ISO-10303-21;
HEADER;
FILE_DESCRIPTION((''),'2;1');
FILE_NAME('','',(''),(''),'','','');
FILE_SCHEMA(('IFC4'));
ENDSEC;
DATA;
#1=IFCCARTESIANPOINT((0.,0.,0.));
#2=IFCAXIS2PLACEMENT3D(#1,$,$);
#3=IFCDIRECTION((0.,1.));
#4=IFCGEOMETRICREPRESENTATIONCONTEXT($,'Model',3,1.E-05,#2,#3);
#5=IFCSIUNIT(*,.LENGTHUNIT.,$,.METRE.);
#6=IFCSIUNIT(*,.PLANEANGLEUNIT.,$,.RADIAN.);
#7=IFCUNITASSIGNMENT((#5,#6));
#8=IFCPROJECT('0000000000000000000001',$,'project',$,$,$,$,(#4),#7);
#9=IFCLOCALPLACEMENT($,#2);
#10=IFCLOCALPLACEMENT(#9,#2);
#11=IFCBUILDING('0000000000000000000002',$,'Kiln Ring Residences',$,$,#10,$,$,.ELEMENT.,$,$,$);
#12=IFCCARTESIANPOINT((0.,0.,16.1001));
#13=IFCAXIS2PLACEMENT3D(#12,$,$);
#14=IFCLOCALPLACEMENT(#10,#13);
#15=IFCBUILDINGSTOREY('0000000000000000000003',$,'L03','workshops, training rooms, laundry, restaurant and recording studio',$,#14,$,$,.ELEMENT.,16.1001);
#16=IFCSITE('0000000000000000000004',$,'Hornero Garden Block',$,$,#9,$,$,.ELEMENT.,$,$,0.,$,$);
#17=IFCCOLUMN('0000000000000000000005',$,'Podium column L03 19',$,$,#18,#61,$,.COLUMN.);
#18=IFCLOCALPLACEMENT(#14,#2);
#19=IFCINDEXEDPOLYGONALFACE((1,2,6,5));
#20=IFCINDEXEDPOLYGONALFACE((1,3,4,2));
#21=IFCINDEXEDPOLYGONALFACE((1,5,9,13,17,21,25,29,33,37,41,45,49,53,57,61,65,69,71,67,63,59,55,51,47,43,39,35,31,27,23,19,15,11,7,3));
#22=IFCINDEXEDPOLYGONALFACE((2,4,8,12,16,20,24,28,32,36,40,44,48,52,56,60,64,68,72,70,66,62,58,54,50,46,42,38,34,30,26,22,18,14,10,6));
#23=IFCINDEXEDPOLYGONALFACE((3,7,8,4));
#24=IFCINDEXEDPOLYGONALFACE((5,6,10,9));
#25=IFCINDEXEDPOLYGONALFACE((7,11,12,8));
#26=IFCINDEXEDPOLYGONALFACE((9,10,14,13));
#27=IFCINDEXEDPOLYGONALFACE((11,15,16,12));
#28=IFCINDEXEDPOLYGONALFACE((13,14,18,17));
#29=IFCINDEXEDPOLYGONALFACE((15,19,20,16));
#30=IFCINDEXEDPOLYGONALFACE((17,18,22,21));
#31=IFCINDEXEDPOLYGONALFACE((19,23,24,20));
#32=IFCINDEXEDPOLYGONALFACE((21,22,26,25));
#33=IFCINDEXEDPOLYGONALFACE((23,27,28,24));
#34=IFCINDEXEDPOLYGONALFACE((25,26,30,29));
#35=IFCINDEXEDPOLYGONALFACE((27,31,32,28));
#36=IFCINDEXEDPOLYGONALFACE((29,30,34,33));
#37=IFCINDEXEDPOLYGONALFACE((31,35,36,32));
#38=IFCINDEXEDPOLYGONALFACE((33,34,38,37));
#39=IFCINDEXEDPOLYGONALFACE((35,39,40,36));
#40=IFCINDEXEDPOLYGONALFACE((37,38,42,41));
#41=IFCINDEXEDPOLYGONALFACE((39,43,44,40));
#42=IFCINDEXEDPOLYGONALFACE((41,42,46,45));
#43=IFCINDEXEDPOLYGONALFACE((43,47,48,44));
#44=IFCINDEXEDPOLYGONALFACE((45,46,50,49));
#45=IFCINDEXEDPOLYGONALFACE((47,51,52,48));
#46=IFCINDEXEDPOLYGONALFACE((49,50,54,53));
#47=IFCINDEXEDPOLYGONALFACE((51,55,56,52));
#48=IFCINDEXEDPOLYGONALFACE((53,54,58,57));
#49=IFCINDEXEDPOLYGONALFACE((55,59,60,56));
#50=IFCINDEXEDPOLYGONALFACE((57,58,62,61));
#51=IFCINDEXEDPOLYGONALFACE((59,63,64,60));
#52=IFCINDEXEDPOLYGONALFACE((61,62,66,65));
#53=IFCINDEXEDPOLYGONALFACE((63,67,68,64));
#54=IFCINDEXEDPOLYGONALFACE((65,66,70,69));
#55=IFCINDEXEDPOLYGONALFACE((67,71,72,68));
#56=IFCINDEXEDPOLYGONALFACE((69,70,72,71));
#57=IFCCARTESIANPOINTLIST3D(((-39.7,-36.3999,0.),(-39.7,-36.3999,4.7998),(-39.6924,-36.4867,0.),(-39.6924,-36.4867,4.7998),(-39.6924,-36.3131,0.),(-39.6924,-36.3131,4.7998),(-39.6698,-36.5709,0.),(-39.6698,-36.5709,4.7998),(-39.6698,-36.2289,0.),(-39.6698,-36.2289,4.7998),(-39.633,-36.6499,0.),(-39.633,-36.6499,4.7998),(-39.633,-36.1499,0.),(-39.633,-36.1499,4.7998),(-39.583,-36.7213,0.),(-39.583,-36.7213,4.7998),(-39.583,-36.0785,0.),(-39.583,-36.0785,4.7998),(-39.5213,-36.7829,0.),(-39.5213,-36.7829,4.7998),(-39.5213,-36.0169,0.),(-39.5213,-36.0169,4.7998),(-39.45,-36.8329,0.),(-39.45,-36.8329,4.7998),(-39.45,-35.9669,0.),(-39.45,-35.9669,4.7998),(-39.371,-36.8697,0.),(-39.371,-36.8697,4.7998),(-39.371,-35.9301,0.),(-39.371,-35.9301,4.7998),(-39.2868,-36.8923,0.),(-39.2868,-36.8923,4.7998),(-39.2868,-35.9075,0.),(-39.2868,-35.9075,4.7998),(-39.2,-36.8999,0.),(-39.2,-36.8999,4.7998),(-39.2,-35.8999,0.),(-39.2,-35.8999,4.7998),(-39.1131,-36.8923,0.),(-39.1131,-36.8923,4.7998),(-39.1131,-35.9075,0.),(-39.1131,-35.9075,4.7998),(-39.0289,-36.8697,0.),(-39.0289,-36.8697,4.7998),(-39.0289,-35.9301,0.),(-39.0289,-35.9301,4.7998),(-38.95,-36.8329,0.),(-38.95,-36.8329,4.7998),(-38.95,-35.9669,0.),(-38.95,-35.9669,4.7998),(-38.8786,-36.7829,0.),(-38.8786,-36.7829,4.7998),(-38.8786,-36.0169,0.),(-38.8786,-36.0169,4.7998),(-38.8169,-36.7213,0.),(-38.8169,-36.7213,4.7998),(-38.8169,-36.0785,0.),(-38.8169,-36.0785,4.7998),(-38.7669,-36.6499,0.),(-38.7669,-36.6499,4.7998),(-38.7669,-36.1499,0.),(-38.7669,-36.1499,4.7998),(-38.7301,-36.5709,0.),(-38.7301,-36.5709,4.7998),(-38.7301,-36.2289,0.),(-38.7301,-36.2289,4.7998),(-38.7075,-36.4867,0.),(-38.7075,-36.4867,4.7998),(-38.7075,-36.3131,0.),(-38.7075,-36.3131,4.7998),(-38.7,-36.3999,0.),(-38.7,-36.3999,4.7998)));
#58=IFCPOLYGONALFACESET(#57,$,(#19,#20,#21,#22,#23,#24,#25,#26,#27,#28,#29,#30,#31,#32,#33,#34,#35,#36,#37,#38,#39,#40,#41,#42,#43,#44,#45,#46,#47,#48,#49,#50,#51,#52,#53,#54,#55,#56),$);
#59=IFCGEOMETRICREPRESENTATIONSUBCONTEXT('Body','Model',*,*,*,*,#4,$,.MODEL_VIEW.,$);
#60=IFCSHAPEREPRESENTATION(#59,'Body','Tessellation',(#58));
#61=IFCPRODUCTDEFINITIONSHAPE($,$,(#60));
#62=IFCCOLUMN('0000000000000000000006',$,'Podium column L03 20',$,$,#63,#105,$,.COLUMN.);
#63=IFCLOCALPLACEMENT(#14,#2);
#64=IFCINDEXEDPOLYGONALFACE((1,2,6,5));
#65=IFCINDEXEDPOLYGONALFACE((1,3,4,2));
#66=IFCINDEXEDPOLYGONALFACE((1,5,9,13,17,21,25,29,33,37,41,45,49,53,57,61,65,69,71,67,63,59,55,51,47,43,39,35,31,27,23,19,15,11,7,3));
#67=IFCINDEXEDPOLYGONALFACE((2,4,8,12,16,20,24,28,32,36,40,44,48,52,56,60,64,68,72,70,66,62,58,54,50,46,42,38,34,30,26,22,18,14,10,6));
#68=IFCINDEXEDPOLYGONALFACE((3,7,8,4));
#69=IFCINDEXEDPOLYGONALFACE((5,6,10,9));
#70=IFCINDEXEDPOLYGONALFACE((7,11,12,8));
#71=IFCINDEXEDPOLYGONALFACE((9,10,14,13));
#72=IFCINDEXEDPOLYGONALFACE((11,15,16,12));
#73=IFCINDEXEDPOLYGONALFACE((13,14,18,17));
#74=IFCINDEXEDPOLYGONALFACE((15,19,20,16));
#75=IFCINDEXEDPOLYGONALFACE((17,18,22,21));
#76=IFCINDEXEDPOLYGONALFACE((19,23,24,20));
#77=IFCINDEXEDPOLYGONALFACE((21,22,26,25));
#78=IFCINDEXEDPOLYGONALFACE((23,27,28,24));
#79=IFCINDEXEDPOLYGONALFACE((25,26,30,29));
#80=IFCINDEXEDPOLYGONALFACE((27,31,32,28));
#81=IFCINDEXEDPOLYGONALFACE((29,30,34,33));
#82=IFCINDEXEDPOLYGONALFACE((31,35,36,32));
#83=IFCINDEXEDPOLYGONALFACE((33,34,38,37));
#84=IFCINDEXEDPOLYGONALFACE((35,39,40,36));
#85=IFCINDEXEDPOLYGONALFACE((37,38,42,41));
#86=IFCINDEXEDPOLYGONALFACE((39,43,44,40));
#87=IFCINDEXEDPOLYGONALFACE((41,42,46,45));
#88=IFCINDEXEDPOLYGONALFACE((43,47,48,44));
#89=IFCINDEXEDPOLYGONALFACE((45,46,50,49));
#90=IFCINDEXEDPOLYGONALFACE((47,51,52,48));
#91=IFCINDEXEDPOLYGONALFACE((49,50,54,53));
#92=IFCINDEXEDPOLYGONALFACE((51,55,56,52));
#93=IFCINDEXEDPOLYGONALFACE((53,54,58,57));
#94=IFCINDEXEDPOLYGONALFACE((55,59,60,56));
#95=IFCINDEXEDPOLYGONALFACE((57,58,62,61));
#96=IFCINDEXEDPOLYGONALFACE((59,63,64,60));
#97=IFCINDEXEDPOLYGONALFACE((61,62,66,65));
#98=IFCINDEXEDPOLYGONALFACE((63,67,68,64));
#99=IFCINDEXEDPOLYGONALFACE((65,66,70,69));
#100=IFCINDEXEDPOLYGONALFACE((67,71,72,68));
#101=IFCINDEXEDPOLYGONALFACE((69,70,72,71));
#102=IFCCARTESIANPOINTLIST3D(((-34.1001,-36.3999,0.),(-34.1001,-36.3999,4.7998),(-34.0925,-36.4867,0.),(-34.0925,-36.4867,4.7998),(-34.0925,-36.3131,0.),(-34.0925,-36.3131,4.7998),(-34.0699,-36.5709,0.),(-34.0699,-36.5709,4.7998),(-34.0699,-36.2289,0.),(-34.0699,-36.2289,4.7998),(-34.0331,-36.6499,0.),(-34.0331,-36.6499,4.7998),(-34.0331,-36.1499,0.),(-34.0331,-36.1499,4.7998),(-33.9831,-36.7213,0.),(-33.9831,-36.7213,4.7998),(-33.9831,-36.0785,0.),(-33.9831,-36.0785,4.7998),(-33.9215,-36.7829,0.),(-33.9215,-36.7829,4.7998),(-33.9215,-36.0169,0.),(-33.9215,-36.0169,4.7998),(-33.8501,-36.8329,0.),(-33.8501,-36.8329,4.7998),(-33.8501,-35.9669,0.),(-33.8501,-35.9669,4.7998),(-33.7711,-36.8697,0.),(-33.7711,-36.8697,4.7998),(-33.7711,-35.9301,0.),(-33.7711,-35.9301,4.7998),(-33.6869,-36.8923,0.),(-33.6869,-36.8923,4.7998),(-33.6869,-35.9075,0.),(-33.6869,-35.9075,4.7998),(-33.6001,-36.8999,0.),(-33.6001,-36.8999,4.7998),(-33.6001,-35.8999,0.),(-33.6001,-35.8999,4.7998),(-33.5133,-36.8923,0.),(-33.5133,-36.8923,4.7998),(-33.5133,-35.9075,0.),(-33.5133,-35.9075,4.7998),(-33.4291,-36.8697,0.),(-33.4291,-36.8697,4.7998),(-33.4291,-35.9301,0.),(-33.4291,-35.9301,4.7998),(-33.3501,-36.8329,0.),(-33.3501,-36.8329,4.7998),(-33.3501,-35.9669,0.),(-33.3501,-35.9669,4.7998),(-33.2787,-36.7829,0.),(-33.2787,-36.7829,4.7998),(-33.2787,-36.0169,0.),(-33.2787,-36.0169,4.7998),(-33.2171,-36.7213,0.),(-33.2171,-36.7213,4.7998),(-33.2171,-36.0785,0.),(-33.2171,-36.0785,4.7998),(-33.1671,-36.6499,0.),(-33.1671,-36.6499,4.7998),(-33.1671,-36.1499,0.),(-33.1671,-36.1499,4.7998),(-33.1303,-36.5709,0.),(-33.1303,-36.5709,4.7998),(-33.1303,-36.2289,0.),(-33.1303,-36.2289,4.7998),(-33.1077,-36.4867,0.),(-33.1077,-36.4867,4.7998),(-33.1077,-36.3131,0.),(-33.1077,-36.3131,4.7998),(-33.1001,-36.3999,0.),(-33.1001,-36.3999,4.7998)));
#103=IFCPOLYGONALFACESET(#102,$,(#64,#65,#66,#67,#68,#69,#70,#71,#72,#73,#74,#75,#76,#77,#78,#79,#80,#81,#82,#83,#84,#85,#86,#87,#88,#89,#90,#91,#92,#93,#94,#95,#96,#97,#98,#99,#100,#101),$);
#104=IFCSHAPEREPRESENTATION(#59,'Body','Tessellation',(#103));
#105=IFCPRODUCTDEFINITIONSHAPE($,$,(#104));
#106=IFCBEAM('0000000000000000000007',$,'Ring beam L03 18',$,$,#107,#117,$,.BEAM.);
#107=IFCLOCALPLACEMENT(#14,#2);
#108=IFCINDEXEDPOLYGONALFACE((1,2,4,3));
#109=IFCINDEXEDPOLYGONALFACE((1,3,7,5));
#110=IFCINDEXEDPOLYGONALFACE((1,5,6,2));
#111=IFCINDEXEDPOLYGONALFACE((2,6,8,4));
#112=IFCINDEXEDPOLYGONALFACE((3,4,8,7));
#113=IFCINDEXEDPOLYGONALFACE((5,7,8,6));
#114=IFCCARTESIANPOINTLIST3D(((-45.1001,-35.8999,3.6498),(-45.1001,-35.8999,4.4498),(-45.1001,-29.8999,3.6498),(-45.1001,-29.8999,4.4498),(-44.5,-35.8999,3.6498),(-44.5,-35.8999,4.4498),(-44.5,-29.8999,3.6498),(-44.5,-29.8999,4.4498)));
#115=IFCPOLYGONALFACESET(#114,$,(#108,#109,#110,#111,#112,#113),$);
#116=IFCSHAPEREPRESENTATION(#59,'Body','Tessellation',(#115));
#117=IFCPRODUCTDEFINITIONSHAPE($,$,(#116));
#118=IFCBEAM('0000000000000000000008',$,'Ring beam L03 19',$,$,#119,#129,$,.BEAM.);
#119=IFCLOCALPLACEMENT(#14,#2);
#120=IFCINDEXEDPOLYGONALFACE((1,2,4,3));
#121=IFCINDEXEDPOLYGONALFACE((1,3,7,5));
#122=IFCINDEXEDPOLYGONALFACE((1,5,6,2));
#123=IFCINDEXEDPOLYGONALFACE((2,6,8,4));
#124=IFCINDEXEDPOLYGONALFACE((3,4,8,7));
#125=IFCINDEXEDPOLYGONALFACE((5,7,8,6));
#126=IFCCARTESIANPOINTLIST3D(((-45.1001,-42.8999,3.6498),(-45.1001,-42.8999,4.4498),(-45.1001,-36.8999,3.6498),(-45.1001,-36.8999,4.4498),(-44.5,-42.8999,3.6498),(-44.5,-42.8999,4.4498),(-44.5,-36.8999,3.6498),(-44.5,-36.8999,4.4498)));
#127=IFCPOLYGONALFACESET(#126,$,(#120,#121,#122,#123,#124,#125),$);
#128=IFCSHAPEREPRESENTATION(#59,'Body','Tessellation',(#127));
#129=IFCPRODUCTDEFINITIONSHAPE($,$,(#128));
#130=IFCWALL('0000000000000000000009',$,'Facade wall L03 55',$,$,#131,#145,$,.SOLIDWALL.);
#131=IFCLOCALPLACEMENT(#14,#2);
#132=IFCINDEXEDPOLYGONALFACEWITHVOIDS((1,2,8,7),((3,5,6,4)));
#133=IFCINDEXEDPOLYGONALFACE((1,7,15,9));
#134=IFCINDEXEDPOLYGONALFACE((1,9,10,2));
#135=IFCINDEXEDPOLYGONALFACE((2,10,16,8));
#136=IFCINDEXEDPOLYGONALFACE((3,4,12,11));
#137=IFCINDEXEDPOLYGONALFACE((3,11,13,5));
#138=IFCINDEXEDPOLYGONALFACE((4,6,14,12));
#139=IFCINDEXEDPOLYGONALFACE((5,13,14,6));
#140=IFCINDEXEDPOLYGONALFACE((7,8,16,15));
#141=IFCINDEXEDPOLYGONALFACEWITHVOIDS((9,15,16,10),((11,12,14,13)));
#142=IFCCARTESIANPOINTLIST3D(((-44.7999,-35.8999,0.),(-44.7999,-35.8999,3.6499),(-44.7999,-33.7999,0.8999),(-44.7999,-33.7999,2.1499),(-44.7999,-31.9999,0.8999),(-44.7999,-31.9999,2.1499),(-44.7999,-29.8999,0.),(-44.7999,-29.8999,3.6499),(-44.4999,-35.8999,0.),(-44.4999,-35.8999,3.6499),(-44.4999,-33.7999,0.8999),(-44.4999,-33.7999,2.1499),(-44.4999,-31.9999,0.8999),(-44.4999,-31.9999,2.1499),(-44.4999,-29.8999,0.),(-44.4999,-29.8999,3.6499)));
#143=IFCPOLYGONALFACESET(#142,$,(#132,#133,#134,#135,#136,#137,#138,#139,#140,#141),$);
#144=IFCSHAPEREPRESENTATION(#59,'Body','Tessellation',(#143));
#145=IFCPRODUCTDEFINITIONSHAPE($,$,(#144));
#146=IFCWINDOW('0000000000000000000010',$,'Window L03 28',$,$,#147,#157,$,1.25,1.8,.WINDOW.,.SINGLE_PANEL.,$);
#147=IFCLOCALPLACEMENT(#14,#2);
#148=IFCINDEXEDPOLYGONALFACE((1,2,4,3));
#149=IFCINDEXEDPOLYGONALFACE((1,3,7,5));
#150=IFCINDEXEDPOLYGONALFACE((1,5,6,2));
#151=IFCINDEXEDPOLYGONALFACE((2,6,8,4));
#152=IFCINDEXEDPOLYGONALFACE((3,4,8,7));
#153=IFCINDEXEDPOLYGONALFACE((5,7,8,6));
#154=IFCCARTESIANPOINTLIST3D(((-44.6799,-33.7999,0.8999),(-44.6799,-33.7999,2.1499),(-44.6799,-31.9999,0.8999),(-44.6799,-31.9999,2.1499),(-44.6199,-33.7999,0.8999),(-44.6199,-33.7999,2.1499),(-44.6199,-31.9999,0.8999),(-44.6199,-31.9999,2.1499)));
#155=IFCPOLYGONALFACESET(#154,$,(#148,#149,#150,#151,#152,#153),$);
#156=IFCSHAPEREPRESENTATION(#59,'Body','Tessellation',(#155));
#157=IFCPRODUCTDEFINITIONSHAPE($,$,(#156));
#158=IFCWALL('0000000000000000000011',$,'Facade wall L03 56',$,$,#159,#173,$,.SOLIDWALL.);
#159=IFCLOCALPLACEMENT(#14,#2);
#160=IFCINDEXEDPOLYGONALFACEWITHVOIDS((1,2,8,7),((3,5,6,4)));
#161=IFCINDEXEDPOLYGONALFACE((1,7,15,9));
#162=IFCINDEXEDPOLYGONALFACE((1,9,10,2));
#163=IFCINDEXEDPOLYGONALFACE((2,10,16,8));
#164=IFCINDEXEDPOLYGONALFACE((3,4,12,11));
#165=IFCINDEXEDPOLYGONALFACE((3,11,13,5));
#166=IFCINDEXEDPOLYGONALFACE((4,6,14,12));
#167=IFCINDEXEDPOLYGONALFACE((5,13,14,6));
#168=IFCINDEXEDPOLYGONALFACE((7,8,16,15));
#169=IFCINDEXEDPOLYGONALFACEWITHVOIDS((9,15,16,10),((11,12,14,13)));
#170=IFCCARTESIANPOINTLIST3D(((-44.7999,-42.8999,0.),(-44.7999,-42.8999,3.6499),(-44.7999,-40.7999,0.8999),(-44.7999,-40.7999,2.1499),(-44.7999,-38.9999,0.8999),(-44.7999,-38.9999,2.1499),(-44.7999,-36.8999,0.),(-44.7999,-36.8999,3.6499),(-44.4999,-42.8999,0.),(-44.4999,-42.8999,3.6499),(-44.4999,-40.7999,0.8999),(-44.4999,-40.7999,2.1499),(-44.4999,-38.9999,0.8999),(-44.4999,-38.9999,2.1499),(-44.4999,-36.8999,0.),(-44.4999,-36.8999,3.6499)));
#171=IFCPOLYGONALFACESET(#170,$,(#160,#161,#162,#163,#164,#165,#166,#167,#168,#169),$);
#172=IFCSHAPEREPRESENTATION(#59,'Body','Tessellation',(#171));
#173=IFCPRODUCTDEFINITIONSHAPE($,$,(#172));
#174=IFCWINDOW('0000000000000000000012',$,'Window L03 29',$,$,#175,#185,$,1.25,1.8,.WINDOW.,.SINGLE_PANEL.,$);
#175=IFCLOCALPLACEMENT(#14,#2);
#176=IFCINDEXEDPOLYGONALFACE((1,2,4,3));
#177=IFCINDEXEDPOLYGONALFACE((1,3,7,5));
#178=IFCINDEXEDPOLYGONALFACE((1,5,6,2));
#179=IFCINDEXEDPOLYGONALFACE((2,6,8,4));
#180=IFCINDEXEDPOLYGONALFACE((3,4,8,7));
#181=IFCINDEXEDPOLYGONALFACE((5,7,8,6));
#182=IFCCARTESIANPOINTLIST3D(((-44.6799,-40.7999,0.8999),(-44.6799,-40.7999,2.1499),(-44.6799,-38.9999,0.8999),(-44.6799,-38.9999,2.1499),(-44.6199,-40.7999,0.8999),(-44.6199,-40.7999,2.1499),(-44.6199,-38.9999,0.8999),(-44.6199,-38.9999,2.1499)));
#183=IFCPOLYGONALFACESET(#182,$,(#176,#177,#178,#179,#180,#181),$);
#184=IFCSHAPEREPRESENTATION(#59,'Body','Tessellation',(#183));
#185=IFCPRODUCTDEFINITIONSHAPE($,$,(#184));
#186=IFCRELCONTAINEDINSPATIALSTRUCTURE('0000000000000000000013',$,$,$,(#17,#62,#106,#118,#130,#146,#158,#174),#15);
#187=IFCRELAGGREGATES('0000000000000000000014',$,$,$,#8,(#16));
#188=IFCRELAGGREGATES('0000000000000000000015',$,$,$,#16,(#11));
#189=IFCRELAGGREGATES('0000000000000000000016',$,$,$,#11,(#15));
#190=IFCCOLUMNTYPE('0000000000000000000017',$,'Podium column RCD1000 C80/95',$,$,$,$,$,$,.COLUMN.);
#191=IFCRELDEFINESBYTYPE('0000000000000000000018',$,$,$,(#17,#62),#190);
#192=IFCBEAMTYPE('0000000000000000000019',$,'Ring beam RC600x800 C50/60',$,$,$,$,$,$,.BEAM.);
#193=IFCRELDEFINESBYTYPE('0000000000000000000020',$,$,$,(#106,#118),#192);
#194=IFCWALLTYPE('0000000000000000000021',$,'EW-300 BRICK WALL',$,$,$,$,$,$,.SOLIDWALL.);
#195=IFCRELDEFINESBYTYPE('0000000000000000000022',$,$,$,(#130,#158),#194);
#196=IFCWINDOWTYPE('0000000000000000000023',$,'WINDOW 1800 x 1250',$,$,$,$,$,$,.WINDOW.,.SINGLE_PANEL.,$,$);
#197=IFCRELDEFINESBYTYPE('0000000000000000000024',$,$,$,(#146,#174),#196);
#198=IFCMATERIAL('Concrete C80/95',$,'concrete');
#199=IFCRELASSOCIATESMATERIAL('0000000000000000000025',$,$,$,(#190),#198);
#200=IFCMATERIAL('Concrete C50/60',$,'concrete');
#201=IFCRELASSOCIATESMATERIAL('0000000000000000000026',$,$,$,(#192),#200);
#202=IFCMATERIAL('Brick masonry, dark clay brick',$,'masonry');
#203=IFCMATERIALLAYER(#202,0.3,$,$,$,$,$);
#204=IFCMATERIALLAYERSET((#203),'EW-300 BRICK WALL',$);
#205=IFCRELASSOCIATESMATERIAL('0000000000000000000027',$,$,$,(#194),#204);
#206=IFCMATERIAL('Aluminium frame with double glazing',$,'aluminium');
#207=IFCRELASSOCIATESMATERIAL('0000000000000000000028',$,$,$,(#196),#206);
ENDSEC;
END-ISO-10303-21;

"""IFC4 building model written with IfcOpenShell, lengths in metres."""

from ifc_helpers import new_model, si_unit, direction, frame, frame_2d, origin, origin_2d, place, context, subcontext, project, spatial, rectangle, circle, extrude, material, layer, layer_set, material_profile, profile_set, type_object, element, fill, save


model = new_model("IFC4")

# Units and contexts
model_context = context("Model", 3, precision=1e-05, world=origin(), true_north=direction((0.0, 1.0)))
body_context = subcontext(model_context, "Body", "Model", "MODEL_VIEW")
ifc_project = project(units=[si_unit("LENGTHUNIT", "METRE"), si_unit("PLANEANGLEUNIT", "RADIAN")], contexts=[model_context])

# Site, building, storey
site_placement = place(None, origin())
site = spatial("IfcSite", under=ifc_project, at=site_placement, Name="Hornero Garden Block", CompositionType="ELEMENT", RefElevation=0.0)
building_placement = place(site_placement, origin())
building = spatial("IfcBuilding", under=site, at=building_placement, Name="Kiln Ring Residences", CompositionType="ELEMENT")
storey_placement = place(building_placement, frame((0.0, 0.0, 16.1001)))
storey = spatial("IfcBuildingStorey", under=building, at=storey_placement, Name="L03", Description="workshops, training rooms, laundry, restaurant and recording studio", CompositionType="ELEMENT", Elevation=16.1001)

# Columns
ifc_material_1 = material(Name="Concrete C80/95", Category="concrete")
ifc_material_profile_1 = material_profile(ifc_material_1, circle(Radius=0.5, at=origin_2d()), Name="RCD1000")
ifc_profile_set_1 = profile_set([ifc_material_profile_1], Name="Concrete C80/95")
column_type = type_object("IfcColumnType", Name="Podium column RCD1000 C80/95", PredefinedType="COLUMN", material=ifc_profile_set_1)
for number, where, z_axis, x_axis, name in (
    (1, (-39.2, -36.3999, 0.0), (0.0, 0.0, 1.0), (1.0, 0.0, 0.0), "Podium column L03 19"),
    (2, (-33.6001, -36.3999, 0.0), (0.0, 0.0, 1.0), (1.0, 0.0, 0.0), "Podium column L03 20"),
):
    element("IfcColumn", number, at=place(storey_placement, frame(where, z_axis=z_axis, x_axis=x_axis)), inside=storey, type_object=column_type, Name=name, PredefinedType="COLUMN", context=body_context, shape_type="SweptSolid", body=[
        extrude(circle(Radius=0.5, at=origin_2d()), origin(), (0.0, 0.0, 1.0), 4.7998),
    ])

# Beams
ifc_material_2 = material(Name="Concrete C50/60", Category="concrete")
ifc_material_profile_2 = material_profile(ifc_material_2, rectangle(XDim=0.6001, YDim=0.8, at=origin_2d()), Name="RC600x800")
ifc_profile_set_2 = profile_set([ifc_material_profile_2], Name="Concrete C50/60")
beam_type = type_object("IfcBeamType", Name="Ring beam RC600x800 C50/60", PredefinedType="BEAM", material=ifc_profile_set_2)
for number, where, z_axis, x_axis, name in (
    (3, (-44.8, -29.8999, 4.0498), (0.0, -1.0, 0.0), (1.0, 0.0, 0.0), "Ring beam L03 18"),
    (4, (-44.8, -36.8999, 4.0498), (0.0, -1.0, 0.0), (1.0, 0.0, 0.0), "Ring beam L03 19"),
):
    element("IfcBeam", number, at=place(storey_placement, frame(where, z_axis=z_axis, x_axis=x_axis)), inside=storey, type_object=beam_type, Name=name, PredefinedType="BEAM", context=body_context, shape_type="SweptSolid", body=[
        extrude(rectangle(XDim=0.6001, YDim=0.8, at=origin_2d()), origin(), (0.0, 0.0, 1.0), 6.0),
    ])

# Walls, openings, windows
ifc_material_3 = material(Name="Brick masonry, dark clay brick", Category="masonry")
ifc_layer_1 = layer(ifc_material_3, 0.3)
ifc_layer_set_1 = layer_set([ifc_layer_1], Name="EW-300 BRICK WALL")
wall_type_1 = type_object("IfcWallType", Name="EW-300 BRICK WALL", PredefinedType="SOLIDWALL", material=ifc_layer_set_1)
wall_1_placement = place(storey_placement, frame((-44.6499, -29.8999, 0.0), z_axis=(0.0, 0.0, 1.0), x_axis=(0.0, -1.0, 0.0)))
wall_1 = element("IfcWall", 5, at=wall_1_placement, inside=storey, type_object=wall_type_1, Name="Facade wall L03 55", PredefinedType="SOLIDWALL", context=body_context, shape_type="SweptSolid", body=[
    extrude(rectangle(XDim=6.0, YDim=0.3, at=frame_2d((3.0, 0.0))), origin(), (0.0, 0.0, 1.0), 3.6499),
])
opening_1_placement = place(wall_1_placement, frame((2.1001, 0.0, 0.8999)))
opening_1 = element("IfcOpeningElement", 6, at=opening_1_placement, cuts=wall_1, PredefinedType="OPENING", context=body_context, shape_type="SweptSolid", body=[
    extrude(rectangle(XDim=1.8, YDim=1.25, at=frame_2d((0.8999, 0.625))), frame((0.0, 0.1599, 0.0), z_axis=(0.0, -1.0, 0.0), x_axis=(1.0, 0.0, 0.0)), (0.0, 0.0, 1.0), 0.3201),
])
ifc_material_4 = material(Name="Aluminium frame with double glazing", Category="aluminium")
window_type_1 = type_object("IfcWindowType", Name="WINDOW 1800 x 1250", PartitioningType="SINGLE_PANEL", PredefinedType="WINDOW", material=ifc_material_4)
window_1_placement = place(opening_1_placement, origin())
window_1 = element("IfcWindow", 7, at=window_1_placement, inside=storey, type_object=window_type_1, Name="Window L03 28", OverallHeight=1.25, OverallWidth=1.8, PartitioningType="SINGLE_PANEL", PredefinedType="WINDOW", context=body_context, shape_type="SweptSolid", body=[
    extrude(rectangle(XDim=1.8, YDim=1.25, at=frame_2d((0.8999, 0.625))), frame((0.0, 0.03, 0.0), z_axis=(0.0, -1.0, 0.0), x_axis=(1.0, 0.0, 0.0)), (0.0, 0.0, 1.0), 0.0601),
])
fill(opening_1, window_1)
wall_2_placement = place(storey_placement, frame((-44.6499, -36.8999, 0.0), z_axis=(0.0, 0.0, 1.0), x_axis=(0.0, -1.0, 0.0)))
wall_2 = element("IfcWall", 8, at=wall_2_placement, inside=storey, type_object=wall_type_1, Name="Facade wall L03 56", PredefinedType="SOLIDWALL", context=body_context, shape_type="SweptSolid", body=[
    extrude(rectangle(XDim=6.0, YDim=0.3, at=frame_2d((3.0, 0.0))), origin(), (0.0, 0.0, 1.0), 3.6499),
])
opening_2_placement = place(wall_2_placement, frame((2.1001, 0.0, 0.8999)))
opening_2 = element("IfcOpeningElement", 9, at=opening_2_placement, cuts=wall_2, PredefinedType="OPENING", context=body_context, shape_type="SweptSolid", body=[
    extrude(rectangle(XDim=1.8, YDim=1.25, at=frame_2d((0.8999, 0.625))), frame((0.0, 0.1599, 0.0), z_axis=(0.0, -1.0, 0.0), x_axis=(1.0, 0.0, 0.0)), (0.0, 0.0, 1.0), 0.3201),
])
window_2_placement = place(opening_2_placement, origin())
window_2 = element("IfcWindow", 10, at=window_2_placement, inside=storey, type_object=window_type_1, Name="Window L03 29", OverallHeight=1.25, OverallWidth=1.8, PartitioningType="SINGLE_PANEL", PredefinedType="WINDOW", context=body_context, shape_type="SweptSolid", body=[
    extrude(rectangle(XDim=1.8, YDim=1.25, at=frame_2d((0.8999, 0.625))), frame((0.0, 0.03, 0.0), z_axis=(0.0, -1.0, 0.0), x_axis=(1.0, 0.0, 0.0)), (0.0, 0.0, 1.0), 0.0601),
])
fill(opening_2, window_2)

save(model, "model.ifc")
